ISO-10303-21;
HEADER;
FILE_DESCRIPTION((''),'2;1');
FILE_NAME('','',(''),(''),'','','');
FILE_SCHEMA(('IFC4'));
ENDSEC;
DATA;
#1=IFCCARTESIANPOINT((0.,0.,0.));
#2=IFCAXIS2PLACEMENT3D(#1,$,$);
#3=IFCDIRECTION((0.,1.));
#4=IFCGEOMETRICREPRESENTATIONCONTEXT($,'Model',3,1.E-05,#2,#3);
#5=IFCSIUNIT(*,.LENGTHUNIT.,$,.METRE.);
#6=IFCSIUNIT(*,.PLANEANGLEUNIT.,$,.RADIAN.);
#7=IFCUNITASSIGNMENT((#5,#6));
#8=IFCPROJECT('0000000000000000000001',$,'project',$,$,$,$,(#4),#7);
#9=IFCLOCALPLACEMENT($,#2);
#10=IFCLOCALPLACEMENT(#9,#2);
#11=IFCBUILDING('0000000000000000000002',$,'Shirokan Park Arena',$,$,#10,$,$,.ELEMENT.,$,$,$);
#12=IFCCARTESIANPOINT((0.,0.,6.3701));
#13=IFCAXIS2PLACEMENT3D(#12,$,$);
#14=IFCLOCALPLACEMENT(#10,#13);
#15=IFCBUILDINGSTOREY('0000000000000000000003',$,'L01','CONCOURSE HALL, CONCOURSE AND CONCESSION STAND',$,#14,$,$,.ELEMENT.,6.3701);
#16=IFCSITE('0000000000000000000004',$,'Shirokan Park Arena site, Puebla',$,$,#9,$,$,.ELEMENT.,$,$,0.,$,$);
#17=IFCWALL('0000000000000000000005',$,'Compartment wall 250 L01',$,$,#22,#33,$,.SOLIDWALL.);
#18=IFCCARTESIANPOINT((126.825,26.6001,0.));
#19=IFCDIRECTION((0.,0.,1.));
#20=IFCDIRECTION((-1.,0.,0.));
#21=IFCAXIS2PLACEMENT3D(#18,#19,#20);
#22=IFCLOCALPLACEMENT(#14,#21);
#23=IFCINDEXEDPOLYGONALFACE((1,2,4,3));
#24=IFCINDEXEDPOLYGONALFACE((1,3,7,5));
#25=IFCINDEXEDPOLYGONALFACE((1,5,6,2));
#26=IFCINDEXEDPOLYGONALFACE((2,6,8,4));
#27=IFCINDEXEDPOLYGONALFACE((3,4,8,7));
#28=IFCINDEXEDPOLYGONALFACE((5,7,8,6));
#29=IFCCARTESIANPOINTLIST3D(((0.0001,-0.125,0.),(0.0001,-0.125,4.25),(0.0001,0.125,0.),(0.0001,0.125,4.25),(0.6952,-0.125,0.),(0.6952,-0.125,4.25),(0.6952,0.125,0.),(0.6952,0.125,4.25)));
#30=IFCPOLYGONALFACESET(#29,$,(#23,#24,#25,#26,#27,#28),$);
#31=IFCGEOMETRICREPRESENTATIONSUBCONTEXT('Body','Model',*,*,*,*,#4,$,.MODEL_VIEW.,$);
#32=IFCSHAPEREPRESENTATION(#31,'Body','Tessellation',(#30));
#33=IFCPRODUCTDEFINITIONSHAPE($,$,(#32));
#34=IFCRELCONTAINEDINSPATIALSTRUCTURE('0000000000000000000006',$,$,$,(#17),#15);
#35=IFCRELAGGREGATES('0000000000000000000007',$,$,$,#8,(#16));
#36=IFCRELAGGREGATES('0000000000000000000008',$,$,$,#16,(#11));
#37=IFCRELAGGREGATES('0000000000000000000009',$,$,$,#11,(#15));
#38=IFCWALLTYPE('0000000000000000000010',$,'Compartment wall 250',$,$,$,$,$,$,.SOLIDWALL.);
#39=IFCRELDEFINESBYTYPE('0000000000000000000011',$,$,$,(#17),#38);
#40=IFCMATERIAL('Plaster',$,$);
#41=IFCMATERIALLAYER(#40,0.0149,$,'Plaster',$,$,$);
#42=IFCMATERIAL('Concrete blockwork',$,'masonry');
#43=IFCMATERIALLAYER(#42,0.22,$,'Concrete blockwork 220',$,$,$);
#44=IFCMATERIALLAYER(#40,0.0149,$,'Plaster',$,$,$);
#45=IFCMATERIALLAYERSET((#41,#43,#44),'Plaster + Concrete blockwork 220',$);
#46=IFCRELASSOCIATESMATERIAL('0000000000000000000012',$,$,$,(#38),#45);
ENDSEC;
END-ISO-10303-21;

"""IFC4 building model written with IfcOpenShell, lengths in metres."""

from ifc_helpers import new_model, si_unit, direction, frame, frame_2d, origin, place, context, subcontext, project, spatial, rectangle, extrude, material, layer, layer_set, type_object, element, save


model = new_model("IFC4")

# Units and contexts
model_context = context("Model", 3, precision=1e-05, world=origin(), true_north=direction((0.0, 1.0)))
body_context = subcontext(model_context, "Body", "Model", "MODEL_VIEW")
ifc_project = project(units=[si_unit("LENGTHUNIT", "METRE"), si_unit("PLANEANGLEUNIT", "RADIAN")], contexts=[model_context])

# Site, building, storey
site_placement = place(None, origin())
site = spatial("IfcSite", under=ifc_project, at=site_placement, Name="Shirokan Park Arena site, Puebla", CompositionType="ELEMENT", RefElevation=0.0)
building_placement = place(site_placement, origin())
building = spatial("IfcBuilding", under=site, at=building_placement, Name="Shirokan Park Arena", CompositionType="ELEMENT")
storey_placement = place(building_placement, frame((0.0, 0.0, 6.3701)))
storey = spatial("IfcBuildingStorey", under=building, at=storey_placement, Name="L01", Description="CONCOURSE HALL, CONCOURSE AND CONCESSION STAND", CompositionType="ELEMENT", Elevation=6.3701)

# Wall
ifc_material_1 = material(Name="Plaster")
ifc_layer_1 = layer(ifc_material_1, 0.0149, Name="Plaster")
ifc_material_2 = material(Name="Concrete blockwork", Category="masonry")
ifc_layer_2 = layer(ifc_material_2, 0.22, Name="Concrete blockwork 220")
ifc_layer_3 = layer(ifc_material_1, 0.0149, Name="Plaster")
ifc_layer_set_1 = layer_set([ifc_layer_1, ifc_layer_2, ifc_layer_3], Name="Plaster + Concrete blockwork 220")
wall_type_1 = type_object("IfcWallType", Name="Compartment wall 250", PredefinedType="SOLIDWALL", material=ifc_layer_set_1)
wall_1_placement = place(storey_placement, frame((126.825, 26.6001, 0.0), z_axis=(0.0, 0.0, 1.0), x_axis=(-1.0, 0.0, 0.0)))
element("IfcWall", 1, at=wall_1_placement, inside=storey, type_object=wall_type_1, Name="Compartment wall 250 L01", PredefinedType="SOLIDWALL", context=body_context, shape_type="SweptSolid", body=[
    extrude(rectangle(XDim=0.6951, YDim=0.25, at=frame_2d((0.3477, 0.0))), origin(), (0.0, 0.0, 1.0), 4.25),
])

save(model, "model.ifc")
